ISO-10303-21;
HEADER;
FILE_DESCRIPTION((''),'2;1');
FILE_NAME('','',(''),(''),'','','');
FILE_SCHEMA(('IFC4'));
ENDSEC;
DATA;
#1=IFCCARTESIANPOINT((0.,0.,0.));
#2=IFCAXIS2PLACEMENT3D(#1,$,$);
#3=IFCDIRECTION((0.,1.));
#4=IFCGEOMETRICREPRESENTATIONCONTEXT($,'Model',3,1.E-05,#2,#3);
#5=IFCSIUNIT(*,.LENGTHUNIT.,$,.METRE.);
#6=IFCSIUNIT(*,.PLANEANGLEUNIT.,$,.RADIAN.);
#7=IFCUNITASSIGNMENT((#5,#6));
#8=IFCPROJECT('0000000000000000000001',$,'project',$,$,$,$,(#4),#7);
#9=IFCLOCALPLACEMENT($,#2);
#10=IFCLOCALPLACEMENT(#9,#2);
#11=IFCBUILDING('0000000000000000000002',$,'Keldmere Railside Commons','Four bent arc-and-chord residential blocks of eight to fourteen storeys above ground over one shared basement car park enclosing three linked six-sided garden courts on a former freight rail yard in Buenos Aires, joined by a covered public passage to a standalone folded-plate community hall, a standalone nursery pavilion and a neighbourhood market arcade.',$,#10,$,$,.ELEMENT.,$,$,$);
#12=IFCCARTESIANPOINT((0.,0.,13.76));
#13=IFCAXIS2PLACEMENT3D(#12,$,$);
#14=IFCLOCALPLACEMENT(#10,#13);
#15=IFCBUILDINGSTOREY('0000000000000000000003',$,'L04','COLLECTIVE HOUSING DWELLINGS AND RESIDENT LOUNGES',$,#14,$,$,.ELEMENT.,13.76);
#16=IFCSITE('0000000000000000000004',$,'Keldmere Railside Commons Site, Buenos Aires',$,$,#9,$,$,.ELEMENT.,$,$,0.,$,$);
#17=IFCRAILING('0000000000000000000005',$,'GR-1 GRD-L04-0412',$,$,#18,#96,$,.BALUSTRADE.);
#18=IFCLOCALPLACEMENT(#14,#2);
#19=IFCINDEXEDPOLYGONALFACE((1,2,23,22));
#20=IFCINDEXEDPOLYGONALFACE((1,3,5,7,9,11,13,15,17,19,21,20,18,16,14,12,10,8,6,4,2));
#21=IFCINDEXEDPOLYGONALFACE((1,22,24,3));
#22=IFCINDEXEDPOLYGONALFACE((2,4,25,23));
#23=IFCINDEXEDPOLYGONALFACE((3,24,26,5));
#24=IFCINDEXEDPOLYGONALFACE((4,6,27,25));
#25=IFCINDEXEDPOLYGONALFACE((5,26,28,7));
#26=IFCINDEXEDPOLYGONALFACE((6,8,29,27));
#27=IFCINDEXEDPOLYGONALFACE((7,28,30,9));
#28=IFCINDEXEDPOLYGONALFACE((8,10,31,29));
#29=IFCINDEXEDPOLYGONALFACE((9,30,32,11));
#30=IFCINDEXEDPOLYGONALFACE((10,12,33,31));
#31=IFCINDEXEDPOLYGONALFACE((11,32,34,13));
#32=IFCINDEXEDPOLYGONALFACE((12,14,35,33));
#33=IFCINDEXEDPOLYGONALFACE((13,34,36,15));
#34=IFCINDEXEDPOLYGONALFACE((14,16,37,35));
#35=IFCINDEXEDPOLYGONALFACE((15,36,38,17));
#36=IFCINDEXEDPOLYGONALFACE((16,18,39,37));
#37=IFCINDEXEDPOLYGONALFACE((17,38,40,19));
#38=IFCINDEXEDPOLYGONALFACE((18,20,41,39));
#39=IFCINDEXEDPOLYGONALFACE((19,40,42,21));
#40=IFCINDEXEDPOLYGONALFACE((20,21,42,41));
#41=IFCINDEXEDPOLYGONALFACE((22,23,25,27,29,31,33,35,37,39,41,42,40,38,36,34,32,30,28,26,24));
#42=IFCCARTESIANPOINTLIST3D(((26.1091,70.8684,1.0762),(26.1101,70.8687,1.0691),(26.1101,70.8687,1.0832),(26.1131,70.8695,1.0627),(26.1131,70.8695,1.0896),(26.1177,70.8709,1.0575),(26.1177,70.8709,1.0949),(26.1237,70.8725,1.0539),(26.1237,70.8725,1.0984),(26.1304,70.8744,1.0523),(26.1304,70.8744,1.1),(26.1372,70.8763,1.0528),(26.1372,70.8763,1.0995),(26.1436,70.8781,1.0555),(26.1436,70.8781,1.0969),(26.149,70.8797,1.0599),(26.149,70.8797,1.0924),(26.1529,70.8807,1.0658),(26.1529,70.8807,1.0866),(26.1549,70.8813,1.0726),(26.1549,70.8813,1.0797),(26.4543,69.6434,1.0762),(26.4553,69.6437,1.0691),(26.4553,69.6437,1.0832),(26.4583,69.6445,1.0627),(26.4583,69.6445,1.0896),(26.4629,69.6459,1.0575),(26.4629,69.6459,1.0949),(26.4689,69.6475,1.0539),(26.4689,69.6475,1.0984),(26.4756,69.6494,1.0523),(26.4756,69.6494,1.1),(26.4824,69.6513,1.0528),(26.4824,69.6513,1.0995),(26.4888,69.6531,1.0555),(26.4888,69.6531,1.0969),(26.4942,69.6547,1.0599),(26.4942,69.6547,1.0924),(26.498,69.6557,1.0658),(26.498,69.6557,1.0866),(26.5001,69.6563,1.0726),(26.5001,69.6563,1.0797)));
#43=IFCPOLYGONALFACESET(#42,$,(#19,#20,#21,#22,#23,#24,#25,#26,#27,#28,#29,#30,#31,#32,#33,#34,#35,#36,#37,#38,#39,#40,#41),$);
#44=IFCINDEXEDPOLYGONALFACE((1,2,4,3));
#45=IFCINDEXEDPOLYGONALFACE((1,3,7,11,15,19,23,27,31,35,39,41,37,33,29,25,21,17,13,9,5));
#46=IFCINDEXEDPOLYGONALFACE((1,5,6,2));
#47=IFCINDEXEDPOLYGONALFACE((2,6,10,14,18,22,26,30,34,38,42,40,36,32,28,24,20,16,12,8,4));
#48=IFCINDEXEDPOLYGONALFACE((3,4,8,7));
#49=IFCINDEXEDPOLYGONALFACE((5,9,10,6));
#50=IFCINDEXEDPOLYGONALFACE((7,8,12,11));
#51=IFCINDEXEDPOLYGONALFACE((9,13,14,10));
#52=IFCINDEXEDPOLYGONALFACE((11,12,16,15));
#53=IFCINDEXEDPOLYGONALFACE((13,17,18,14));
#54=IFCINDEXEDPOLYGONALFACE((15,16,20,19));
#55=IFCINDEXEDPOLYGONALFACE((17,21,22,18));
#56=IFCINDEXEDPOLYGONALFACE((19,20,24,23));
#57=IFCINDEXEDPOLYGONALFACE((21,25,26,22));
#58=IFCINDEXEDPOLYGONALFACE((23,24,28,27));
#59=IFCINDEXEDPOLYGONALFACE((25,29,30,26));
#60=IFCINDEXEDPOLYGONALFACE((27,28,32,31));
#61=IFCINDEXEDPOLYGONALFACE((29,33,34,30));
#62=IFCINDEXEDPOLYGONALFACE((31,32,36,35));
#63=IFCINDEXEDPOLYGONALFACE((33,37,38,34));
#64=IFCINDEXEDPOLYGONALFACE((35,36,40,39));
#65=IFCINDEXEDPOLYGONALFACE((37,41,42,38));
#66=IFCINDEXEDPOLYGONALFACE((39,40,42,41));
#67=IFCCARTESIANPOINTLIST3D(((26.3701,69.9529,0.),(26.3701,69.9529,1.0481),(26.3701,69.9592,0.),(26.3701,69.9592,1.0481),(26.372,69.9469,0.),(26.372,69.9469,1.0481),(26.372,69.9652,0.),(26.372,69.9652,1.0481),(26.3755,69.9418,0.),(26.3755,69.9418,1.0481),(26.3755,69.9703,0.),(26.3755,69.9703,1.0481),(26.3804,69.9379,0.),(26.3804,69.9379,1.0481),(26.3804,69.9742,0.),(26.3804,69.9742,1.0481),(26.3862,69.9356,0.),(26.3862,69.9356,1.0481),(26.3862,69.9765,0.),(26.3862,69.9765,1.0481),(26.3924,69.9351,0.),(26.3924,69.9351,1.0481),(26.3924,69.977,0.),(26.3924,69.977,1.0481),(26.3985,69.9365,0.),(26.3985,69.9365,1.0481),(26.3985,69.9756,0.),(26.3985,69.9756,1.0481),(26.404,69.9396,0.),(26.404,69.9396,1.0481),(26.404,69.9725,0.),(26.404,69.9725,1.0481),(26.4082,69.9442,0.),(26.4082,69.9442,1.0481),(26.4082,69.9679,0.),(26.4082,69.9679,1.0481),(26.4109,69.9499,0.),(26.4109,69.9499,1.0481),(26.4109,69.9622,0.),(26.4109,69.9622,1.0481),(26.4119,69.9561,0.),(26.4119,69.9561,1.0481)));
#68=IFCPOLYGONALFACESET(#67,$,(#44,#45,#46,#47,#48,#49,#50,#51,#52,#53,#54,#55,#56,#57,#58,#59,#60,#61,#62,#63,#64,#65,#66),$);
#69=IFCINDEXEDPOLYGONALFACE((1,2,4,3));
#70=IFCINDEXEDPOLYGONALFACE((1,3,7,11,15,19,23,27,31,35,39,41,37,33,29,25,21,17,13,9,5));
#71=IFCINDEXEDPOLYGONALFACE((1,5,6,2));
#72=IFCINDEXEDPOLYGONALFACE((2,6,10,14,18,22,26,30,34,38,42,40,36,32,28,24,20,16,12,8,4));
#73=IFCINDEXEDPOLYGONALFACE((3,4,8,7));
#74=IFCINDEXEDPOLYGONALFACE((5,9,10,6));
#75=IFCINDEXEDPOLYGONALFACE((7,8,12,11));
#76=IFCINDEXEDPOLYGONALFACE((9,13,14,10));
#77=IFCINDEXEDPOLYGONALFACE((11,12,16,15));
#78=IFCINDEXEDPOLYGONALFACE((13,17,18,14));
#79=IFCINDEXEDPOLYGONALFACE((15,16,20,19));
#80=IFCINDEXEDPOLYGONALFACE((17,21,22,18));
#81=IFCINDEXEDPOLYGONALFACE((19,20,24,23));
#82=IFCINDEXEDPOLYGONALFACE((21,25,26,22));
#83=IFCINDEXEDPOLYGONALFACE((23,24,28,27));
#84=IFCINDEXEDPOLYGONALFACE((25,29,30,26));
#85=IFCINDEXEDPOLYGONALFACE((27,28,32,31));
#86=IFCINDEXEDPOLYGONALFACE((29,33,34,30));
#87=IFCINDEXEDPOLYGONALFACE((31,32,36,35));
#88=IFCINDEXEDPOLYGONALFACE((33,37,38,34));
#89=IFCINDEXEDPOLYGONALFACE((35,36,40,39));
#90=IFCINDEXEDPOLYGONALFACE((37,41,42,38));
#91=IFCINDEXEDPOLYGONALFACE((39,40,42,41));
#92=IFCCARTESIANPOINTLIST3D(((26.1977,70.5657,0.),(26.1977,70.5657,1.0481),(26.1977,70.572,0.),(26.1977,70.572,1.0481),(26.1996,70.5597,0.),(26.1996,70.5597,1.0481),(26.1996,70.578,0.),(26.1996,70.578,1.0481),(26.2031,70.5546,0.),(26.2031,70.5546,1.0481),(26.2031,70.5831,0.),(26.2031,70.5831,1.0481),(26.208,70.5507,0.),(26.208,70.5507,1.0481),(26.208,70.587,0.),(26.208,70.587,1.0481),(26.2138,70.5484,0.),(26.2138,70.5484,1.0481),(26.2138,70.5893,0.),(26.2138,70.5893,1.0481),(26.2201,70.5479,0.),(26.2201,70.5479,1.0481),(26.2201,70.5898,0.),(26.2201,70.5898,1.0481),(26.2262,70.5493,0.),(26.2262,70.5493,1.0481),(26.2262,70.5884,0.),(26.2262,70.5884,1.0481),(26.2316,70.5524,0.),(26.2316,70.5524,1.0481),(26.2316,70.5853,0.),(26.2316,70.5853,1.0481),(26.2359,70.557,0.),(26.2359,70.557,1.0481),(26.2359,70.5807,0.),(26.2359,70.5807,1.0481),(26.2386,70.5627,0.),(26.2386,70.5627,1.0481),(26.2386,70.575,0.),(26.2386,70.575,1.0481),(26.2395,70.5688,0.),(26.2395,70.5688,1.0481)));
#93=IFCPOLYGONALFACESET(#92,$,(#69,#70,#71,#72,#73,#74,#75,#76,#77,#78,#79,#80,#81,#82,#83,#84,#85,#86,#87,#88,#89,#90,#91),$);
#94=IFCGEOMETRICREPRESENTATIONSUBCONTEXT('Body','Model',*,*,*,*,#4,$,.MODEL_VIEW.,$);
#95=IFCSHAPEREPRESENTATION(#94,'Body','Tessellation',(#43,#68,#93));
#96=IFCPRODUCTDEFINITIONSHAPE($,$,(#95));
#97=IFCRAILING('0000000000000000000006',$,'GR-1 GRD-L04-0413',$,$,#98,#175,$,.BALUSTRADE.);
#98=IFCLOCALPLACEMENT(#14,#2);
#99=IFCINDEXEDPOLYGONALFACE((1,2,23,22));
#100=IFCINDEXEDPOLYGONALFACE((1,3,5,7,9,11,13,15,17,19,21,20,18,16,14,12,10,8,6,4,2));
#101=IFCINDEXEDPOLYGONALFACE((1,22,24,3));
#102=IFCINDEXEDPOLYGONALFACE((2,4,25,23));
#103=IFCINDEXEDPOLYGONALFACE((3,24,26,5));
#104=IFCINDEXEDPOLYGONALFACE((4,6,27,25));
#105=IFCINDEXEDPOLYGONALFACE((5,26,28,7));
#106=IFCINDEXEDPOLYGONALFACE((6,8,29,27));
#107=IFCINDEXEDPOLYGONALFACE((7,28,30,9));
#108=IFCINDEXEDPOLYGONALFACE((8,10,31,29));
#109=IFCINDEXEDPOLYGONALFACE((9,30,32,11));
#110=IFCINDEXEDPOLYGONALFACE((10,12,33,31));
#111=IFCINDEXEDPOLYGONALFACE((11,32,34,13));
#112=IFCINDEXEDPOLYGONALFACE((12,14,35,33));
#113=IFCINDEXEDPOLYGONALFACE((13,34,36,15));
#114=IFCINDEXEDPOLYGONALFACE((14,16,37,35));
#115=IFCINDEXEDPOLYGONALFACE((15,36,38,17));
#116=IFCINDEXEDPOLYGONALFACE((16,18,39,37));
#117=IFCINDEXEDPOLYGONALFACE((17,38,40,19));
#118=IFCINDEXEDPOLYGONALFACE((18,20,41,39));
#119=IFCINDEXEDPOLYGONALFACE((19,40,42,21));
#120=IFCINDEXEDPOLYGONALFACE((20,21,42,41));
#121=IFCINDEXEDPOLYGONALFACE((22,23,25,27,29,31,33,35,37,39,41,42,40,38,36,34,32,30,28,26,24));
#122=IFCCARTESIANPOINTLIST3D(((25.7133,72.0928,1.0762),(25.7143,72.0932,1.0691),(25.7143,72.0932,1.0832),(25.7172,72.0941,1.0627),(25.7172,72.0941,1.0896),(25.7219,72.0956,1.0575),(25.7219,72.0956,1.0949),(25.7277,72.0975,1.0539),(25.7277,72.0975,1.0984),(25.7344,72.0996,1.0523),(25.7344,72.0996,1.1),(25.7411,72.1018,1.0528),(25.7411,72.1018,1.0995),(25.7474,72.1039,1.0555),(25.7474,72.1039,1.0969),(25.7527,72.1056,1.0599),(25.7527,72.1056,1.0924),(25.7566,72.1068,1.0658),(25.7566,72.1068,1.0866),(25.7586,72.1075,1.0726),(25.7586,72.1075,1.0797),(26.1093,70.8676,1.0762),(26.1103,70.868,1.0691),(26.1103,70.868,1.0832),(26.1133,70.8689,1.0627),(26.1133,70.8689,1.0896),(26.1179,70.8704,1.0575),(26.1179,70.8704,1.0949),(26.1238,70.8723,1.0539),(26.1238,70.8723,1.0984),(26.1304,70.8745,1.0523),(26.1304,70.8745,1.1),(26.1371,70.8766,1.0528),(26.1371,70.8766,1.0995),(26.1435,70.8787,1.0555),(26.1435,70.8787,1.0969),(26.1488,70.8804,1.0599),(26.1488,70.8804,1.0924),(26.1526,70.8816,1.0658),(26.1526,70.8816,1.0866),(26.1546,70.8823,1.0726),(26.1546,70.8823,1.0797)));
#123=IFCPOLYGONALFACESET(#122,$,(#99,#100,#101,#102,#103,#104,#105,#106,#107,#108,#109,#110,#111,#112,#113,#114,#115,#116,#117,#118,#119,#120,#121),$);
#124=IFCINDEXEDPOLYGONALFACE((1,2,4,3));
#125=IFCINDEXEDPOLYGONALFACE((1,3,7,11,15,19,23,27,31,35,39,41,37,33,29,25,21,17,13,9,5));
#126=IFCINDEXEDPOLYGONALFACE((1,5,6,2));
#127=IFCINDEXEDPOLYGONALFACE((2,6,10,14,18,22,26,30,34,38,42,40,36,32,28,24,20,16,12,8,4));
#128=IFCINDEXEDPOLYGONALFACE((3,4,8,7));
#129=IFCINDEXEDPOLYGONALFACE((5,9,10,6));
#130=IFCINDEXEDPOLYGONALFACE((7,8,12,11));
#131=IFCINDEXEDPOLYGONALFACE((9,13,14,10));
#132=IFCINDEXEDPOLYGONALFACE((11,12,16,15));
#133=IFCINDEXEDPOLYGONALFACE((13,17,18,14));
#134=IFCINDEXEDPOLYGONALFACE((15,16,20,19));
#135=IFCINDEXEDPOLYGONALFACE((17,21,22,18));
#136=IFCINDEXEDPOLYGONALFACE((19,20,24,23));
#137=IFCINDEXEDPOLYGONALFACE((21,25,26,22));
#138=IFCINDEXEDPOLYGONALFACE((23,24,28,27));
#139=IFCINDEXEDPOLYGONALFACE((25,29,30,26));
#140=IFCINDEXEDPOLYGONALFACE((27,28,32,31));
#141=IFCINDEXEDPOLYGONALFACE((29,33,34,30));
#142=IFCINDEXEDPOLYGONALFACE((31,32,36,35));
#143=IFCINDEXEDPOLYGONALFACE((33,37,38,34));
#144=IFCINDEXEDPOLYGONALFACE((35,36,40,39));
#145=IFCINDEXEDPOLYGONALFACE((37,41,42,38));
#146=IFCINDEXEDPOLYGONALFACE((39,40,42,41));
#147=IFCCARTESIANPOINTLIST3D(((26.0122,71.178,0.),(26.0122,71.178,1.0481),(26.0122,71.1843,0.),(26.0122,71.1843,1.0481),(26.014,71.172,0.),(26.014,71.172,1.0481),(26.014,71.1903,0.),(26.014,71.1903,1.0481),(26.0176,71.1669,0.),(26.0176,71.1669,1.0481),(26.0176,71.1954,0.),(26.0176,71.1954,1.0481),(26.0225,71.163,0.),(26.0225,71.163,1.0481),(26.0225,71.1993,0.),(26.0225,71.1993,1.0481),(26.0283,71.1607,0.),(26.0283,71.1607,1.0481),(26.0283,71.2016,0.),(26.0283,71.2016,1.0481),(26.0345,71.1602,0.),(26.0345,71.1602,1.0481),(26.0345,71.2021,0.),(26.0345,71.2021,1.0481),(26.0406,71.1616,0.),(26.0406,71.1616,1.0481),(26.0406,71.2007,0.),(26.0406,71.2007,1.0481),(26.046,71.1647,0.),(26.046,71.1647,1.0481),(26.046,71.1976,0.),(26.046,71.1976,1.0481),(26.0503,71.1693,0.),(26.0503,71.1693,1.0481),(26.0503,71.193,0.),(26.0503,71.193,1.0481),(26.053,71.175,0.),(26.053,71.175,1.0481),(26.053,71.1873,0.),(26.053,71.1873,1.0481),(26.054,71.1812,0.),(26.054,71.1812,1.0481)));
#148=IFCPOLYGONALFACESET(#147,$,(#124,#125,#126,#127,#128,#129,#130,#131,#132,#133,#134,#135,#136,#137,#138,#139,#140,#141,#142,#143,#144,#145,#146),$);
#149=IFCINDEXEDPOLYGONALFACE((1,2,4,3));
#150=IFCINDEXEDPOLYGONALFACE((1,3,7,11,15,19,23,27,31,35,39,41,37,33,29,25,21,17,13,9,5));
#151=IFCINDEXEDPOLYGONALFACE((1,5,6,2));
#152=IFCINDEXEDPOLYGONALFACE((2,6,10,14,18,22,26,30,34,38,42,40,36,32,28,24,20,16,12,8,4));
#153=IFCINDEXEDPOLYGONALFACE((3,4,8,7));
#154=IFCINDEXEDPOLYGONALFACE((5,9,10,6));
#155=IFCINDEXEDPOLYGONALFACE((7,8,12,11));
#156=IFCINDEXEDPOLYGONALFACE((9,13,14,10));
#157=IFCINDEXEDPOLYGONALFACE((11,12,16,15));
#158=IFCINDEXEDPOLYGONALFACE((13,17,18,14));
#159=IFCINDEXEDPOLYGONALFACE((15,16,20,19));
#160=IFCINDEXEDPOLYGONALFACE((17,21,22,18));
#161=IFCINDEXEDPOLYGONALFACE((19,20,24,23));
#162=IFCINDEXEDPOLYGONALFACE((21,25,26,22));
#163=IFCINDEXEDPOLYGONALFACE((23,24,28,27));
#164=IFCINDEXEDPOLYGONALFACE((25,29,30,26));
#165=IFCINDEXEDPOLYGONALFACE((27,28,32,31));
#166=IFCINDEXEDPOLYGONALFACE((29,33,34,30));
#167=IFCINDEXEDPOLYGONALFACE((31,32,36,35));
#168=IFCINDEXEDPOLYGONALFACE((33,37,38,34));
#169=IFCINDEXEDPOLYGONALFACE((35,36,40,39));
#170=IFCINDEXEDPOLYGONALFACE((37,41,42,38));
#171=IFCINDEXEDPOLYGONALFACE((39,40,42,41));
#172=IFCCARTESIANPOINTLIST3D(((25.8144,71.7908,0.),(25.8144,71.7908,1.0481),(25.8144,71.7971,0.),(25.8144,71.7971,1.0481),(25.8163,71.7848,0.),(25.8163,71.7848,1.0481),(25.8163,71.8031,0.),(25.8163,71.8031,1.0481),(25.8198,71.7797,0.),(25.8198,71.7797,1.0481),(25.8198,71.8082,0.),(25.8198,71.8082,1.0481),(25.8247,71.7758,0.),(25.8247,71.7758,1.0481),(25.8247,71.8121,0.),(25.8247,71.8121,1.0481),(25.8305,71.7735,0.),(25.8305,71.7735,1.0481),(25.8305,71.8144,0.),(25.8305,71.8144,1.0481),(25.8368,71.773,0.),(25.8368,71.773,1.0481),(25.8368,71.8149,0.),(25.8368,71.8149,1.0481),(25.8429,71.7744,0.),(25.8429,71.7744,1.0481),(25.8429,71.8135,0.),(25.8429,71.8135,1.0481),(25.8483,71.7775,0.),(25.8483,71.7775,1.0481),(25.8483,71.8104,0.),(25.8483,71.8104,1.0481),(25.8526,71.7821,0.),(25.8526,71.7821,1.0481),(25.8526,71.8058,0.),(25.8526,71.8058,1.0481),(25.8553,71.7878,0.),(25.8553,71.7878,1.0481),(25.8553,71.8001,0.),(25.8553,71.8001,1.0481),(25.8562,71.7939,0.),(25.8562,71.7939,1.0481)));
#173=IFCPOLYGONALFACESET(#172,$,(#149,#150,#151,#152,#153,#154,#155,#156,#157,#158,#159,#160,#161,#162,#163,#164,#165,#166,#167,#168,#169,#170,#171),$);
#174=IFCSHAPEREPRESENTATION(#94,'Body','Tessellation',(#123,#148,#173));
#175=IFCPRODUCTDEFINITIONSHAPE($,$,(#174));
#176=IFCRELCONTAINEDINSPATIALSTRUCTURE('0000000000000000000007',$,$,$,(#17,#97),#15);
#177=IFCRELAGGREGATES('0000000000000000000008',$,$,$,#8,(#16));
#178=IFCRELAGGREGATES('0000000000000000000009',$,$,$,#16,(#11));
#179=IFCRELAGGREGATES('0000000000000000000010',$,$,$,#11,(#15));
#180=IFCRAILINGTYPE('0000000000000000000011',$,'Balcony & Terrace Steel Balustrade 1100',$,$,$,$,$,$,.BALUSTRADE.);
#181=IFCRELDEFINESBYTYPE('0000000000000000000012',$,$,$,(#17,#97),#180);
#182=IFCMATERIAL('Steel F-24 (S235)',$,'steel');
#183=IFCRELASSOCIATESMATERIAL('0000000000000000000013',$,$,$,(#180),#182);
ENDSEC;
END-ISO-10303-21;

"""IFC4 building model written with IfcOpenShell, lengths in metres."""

from ifc_helpers import new_model, si_unit, direction, frame, origin, origin_2d, place, context, subcontext, project, spatial, circle, extrude, material, type_object, element, save


model = new_model("IFC4")

# Units and contexts
model_context = context("Model", 3, precision=1e-05, world=origin(), true_north=direction((0.0, 1.0)))
body_context = subcontext(model_context, "Body", "Model", "MODEL_VIEW")
ifc_project = project(units=[si_unit("LENGTHUNIT", "METRE"), si_unit("PLANEANGLEUNIT", "RADIAN")], contexts=[model_context])

# Site, building, storey
site_placement = place(None, origin())
site = spatial("IfcSite", under=ifc_project, at=site_placement, Name="Keldmere Railside Commons Site, Buenos Aires", CompositionType="ELEMENT", RefElevation=0.0)
building_placement = place(site_placement, origin())
building = spatial("IfcBuilding", under=site, at=building_placement, Name="Keldmere Railside Commons", Description="Four bent arc-and-chord residential blocks of eight to fourteen storeys above ground over one shared basement car park enclosing three linked six-sided garden courts on a former freight rail yard in Buenos Aires, joined by a covered public passage to a standalone folded-plate community hall, a standalone nursery pavilion and a neighbourhood market arcade.", CompositionType="ELEMENT")
storey_placement = place(building_placement, frame((0.0, 0.0, 13.76)))
storey = spatial("IfcBuildingStorey", under=building, at=storey_placement, Name="L04", Description="COLLECTIVE HOUSING DWELLINGS AND RESIDENT LOUNGES", CompositionType="ELEMENT", Elevation=13.76)

# Railings
ifc_material_1 = material(Name="Steel F-24 (S235)", Category="steel")
railing_type_1 = type_object("IfcRailingType", Name="Balcony & Terrace Steel Balustrade 1100", PredefinedType="BALUSTRADE", material=ifc_material_1)
railing_1_placement = place(storey_placement, frame((26.4773, 69.6499, 0.0)))
element("IfcRailing", 1, at=railing_1_placement, inside=storey, type_object=railing_type_1, Name="GR-1 GRD-L04-0412", PredefinedType="BALUSTRADE", context=body_context, shape_type="SweptSolid", body=[
    extrude(circle(Radius=0.0239, at=origin_2d()), frame((0.0, 0.0, 1.0762), z_axis=(-0.271223, 0.962516, 0.0), x_axis=(-0.962516, -0.271223, 0.0)), (0.0, 0.0, 1.0), 1.2727),
    extrude(circle(Radius=0.021, at=origin_2d()), frame((-0.0864, 0.3062, 0.0)), (0.0, 0.0, 1.0), 1.0481),
    extrude(circle(Radius=0.021, at=origin_2d()), frame((-0.2588, 0.9189, 0.0)), (0.0, 0.0, 1.0), 1.0481),
])
railing_2_placement = place(storey_placement, frame((26.1321, 70.875, 0.0)))
element("IfcRailing", 2, at=railing_2_placement, inside=storey, type_object=railing_type_1, Name="GR-1 GRD-L04-0413", PredefinedType="BALUSTRADE", context=body_context, shape_type="SweptSolid", body=[
    extrude(circle(Radius=0.0239, at=origin_2d()), frame((0.0, 0.0, 1.0762), z_axis=(-0.307568, 0.951526, 0.0), x_axis=(-0.951526, -0.307568, 0.0)), (0.0, 0.0, 1.0), 1.2876),
    extrude(circle(Radius=0.021, at=origin_2d()), frame((-0.0991, 0.3062, 0.0)), (0.0, 0.0, 1.0), 1.0481),
    extrude(circle(Radius=0.021, at=origin_2d()), frame((-0.2969, 0.9189, 0.0)), (0.0, 0.0, 1.0), 1.0481),
])

save(model, "model.ifc")
